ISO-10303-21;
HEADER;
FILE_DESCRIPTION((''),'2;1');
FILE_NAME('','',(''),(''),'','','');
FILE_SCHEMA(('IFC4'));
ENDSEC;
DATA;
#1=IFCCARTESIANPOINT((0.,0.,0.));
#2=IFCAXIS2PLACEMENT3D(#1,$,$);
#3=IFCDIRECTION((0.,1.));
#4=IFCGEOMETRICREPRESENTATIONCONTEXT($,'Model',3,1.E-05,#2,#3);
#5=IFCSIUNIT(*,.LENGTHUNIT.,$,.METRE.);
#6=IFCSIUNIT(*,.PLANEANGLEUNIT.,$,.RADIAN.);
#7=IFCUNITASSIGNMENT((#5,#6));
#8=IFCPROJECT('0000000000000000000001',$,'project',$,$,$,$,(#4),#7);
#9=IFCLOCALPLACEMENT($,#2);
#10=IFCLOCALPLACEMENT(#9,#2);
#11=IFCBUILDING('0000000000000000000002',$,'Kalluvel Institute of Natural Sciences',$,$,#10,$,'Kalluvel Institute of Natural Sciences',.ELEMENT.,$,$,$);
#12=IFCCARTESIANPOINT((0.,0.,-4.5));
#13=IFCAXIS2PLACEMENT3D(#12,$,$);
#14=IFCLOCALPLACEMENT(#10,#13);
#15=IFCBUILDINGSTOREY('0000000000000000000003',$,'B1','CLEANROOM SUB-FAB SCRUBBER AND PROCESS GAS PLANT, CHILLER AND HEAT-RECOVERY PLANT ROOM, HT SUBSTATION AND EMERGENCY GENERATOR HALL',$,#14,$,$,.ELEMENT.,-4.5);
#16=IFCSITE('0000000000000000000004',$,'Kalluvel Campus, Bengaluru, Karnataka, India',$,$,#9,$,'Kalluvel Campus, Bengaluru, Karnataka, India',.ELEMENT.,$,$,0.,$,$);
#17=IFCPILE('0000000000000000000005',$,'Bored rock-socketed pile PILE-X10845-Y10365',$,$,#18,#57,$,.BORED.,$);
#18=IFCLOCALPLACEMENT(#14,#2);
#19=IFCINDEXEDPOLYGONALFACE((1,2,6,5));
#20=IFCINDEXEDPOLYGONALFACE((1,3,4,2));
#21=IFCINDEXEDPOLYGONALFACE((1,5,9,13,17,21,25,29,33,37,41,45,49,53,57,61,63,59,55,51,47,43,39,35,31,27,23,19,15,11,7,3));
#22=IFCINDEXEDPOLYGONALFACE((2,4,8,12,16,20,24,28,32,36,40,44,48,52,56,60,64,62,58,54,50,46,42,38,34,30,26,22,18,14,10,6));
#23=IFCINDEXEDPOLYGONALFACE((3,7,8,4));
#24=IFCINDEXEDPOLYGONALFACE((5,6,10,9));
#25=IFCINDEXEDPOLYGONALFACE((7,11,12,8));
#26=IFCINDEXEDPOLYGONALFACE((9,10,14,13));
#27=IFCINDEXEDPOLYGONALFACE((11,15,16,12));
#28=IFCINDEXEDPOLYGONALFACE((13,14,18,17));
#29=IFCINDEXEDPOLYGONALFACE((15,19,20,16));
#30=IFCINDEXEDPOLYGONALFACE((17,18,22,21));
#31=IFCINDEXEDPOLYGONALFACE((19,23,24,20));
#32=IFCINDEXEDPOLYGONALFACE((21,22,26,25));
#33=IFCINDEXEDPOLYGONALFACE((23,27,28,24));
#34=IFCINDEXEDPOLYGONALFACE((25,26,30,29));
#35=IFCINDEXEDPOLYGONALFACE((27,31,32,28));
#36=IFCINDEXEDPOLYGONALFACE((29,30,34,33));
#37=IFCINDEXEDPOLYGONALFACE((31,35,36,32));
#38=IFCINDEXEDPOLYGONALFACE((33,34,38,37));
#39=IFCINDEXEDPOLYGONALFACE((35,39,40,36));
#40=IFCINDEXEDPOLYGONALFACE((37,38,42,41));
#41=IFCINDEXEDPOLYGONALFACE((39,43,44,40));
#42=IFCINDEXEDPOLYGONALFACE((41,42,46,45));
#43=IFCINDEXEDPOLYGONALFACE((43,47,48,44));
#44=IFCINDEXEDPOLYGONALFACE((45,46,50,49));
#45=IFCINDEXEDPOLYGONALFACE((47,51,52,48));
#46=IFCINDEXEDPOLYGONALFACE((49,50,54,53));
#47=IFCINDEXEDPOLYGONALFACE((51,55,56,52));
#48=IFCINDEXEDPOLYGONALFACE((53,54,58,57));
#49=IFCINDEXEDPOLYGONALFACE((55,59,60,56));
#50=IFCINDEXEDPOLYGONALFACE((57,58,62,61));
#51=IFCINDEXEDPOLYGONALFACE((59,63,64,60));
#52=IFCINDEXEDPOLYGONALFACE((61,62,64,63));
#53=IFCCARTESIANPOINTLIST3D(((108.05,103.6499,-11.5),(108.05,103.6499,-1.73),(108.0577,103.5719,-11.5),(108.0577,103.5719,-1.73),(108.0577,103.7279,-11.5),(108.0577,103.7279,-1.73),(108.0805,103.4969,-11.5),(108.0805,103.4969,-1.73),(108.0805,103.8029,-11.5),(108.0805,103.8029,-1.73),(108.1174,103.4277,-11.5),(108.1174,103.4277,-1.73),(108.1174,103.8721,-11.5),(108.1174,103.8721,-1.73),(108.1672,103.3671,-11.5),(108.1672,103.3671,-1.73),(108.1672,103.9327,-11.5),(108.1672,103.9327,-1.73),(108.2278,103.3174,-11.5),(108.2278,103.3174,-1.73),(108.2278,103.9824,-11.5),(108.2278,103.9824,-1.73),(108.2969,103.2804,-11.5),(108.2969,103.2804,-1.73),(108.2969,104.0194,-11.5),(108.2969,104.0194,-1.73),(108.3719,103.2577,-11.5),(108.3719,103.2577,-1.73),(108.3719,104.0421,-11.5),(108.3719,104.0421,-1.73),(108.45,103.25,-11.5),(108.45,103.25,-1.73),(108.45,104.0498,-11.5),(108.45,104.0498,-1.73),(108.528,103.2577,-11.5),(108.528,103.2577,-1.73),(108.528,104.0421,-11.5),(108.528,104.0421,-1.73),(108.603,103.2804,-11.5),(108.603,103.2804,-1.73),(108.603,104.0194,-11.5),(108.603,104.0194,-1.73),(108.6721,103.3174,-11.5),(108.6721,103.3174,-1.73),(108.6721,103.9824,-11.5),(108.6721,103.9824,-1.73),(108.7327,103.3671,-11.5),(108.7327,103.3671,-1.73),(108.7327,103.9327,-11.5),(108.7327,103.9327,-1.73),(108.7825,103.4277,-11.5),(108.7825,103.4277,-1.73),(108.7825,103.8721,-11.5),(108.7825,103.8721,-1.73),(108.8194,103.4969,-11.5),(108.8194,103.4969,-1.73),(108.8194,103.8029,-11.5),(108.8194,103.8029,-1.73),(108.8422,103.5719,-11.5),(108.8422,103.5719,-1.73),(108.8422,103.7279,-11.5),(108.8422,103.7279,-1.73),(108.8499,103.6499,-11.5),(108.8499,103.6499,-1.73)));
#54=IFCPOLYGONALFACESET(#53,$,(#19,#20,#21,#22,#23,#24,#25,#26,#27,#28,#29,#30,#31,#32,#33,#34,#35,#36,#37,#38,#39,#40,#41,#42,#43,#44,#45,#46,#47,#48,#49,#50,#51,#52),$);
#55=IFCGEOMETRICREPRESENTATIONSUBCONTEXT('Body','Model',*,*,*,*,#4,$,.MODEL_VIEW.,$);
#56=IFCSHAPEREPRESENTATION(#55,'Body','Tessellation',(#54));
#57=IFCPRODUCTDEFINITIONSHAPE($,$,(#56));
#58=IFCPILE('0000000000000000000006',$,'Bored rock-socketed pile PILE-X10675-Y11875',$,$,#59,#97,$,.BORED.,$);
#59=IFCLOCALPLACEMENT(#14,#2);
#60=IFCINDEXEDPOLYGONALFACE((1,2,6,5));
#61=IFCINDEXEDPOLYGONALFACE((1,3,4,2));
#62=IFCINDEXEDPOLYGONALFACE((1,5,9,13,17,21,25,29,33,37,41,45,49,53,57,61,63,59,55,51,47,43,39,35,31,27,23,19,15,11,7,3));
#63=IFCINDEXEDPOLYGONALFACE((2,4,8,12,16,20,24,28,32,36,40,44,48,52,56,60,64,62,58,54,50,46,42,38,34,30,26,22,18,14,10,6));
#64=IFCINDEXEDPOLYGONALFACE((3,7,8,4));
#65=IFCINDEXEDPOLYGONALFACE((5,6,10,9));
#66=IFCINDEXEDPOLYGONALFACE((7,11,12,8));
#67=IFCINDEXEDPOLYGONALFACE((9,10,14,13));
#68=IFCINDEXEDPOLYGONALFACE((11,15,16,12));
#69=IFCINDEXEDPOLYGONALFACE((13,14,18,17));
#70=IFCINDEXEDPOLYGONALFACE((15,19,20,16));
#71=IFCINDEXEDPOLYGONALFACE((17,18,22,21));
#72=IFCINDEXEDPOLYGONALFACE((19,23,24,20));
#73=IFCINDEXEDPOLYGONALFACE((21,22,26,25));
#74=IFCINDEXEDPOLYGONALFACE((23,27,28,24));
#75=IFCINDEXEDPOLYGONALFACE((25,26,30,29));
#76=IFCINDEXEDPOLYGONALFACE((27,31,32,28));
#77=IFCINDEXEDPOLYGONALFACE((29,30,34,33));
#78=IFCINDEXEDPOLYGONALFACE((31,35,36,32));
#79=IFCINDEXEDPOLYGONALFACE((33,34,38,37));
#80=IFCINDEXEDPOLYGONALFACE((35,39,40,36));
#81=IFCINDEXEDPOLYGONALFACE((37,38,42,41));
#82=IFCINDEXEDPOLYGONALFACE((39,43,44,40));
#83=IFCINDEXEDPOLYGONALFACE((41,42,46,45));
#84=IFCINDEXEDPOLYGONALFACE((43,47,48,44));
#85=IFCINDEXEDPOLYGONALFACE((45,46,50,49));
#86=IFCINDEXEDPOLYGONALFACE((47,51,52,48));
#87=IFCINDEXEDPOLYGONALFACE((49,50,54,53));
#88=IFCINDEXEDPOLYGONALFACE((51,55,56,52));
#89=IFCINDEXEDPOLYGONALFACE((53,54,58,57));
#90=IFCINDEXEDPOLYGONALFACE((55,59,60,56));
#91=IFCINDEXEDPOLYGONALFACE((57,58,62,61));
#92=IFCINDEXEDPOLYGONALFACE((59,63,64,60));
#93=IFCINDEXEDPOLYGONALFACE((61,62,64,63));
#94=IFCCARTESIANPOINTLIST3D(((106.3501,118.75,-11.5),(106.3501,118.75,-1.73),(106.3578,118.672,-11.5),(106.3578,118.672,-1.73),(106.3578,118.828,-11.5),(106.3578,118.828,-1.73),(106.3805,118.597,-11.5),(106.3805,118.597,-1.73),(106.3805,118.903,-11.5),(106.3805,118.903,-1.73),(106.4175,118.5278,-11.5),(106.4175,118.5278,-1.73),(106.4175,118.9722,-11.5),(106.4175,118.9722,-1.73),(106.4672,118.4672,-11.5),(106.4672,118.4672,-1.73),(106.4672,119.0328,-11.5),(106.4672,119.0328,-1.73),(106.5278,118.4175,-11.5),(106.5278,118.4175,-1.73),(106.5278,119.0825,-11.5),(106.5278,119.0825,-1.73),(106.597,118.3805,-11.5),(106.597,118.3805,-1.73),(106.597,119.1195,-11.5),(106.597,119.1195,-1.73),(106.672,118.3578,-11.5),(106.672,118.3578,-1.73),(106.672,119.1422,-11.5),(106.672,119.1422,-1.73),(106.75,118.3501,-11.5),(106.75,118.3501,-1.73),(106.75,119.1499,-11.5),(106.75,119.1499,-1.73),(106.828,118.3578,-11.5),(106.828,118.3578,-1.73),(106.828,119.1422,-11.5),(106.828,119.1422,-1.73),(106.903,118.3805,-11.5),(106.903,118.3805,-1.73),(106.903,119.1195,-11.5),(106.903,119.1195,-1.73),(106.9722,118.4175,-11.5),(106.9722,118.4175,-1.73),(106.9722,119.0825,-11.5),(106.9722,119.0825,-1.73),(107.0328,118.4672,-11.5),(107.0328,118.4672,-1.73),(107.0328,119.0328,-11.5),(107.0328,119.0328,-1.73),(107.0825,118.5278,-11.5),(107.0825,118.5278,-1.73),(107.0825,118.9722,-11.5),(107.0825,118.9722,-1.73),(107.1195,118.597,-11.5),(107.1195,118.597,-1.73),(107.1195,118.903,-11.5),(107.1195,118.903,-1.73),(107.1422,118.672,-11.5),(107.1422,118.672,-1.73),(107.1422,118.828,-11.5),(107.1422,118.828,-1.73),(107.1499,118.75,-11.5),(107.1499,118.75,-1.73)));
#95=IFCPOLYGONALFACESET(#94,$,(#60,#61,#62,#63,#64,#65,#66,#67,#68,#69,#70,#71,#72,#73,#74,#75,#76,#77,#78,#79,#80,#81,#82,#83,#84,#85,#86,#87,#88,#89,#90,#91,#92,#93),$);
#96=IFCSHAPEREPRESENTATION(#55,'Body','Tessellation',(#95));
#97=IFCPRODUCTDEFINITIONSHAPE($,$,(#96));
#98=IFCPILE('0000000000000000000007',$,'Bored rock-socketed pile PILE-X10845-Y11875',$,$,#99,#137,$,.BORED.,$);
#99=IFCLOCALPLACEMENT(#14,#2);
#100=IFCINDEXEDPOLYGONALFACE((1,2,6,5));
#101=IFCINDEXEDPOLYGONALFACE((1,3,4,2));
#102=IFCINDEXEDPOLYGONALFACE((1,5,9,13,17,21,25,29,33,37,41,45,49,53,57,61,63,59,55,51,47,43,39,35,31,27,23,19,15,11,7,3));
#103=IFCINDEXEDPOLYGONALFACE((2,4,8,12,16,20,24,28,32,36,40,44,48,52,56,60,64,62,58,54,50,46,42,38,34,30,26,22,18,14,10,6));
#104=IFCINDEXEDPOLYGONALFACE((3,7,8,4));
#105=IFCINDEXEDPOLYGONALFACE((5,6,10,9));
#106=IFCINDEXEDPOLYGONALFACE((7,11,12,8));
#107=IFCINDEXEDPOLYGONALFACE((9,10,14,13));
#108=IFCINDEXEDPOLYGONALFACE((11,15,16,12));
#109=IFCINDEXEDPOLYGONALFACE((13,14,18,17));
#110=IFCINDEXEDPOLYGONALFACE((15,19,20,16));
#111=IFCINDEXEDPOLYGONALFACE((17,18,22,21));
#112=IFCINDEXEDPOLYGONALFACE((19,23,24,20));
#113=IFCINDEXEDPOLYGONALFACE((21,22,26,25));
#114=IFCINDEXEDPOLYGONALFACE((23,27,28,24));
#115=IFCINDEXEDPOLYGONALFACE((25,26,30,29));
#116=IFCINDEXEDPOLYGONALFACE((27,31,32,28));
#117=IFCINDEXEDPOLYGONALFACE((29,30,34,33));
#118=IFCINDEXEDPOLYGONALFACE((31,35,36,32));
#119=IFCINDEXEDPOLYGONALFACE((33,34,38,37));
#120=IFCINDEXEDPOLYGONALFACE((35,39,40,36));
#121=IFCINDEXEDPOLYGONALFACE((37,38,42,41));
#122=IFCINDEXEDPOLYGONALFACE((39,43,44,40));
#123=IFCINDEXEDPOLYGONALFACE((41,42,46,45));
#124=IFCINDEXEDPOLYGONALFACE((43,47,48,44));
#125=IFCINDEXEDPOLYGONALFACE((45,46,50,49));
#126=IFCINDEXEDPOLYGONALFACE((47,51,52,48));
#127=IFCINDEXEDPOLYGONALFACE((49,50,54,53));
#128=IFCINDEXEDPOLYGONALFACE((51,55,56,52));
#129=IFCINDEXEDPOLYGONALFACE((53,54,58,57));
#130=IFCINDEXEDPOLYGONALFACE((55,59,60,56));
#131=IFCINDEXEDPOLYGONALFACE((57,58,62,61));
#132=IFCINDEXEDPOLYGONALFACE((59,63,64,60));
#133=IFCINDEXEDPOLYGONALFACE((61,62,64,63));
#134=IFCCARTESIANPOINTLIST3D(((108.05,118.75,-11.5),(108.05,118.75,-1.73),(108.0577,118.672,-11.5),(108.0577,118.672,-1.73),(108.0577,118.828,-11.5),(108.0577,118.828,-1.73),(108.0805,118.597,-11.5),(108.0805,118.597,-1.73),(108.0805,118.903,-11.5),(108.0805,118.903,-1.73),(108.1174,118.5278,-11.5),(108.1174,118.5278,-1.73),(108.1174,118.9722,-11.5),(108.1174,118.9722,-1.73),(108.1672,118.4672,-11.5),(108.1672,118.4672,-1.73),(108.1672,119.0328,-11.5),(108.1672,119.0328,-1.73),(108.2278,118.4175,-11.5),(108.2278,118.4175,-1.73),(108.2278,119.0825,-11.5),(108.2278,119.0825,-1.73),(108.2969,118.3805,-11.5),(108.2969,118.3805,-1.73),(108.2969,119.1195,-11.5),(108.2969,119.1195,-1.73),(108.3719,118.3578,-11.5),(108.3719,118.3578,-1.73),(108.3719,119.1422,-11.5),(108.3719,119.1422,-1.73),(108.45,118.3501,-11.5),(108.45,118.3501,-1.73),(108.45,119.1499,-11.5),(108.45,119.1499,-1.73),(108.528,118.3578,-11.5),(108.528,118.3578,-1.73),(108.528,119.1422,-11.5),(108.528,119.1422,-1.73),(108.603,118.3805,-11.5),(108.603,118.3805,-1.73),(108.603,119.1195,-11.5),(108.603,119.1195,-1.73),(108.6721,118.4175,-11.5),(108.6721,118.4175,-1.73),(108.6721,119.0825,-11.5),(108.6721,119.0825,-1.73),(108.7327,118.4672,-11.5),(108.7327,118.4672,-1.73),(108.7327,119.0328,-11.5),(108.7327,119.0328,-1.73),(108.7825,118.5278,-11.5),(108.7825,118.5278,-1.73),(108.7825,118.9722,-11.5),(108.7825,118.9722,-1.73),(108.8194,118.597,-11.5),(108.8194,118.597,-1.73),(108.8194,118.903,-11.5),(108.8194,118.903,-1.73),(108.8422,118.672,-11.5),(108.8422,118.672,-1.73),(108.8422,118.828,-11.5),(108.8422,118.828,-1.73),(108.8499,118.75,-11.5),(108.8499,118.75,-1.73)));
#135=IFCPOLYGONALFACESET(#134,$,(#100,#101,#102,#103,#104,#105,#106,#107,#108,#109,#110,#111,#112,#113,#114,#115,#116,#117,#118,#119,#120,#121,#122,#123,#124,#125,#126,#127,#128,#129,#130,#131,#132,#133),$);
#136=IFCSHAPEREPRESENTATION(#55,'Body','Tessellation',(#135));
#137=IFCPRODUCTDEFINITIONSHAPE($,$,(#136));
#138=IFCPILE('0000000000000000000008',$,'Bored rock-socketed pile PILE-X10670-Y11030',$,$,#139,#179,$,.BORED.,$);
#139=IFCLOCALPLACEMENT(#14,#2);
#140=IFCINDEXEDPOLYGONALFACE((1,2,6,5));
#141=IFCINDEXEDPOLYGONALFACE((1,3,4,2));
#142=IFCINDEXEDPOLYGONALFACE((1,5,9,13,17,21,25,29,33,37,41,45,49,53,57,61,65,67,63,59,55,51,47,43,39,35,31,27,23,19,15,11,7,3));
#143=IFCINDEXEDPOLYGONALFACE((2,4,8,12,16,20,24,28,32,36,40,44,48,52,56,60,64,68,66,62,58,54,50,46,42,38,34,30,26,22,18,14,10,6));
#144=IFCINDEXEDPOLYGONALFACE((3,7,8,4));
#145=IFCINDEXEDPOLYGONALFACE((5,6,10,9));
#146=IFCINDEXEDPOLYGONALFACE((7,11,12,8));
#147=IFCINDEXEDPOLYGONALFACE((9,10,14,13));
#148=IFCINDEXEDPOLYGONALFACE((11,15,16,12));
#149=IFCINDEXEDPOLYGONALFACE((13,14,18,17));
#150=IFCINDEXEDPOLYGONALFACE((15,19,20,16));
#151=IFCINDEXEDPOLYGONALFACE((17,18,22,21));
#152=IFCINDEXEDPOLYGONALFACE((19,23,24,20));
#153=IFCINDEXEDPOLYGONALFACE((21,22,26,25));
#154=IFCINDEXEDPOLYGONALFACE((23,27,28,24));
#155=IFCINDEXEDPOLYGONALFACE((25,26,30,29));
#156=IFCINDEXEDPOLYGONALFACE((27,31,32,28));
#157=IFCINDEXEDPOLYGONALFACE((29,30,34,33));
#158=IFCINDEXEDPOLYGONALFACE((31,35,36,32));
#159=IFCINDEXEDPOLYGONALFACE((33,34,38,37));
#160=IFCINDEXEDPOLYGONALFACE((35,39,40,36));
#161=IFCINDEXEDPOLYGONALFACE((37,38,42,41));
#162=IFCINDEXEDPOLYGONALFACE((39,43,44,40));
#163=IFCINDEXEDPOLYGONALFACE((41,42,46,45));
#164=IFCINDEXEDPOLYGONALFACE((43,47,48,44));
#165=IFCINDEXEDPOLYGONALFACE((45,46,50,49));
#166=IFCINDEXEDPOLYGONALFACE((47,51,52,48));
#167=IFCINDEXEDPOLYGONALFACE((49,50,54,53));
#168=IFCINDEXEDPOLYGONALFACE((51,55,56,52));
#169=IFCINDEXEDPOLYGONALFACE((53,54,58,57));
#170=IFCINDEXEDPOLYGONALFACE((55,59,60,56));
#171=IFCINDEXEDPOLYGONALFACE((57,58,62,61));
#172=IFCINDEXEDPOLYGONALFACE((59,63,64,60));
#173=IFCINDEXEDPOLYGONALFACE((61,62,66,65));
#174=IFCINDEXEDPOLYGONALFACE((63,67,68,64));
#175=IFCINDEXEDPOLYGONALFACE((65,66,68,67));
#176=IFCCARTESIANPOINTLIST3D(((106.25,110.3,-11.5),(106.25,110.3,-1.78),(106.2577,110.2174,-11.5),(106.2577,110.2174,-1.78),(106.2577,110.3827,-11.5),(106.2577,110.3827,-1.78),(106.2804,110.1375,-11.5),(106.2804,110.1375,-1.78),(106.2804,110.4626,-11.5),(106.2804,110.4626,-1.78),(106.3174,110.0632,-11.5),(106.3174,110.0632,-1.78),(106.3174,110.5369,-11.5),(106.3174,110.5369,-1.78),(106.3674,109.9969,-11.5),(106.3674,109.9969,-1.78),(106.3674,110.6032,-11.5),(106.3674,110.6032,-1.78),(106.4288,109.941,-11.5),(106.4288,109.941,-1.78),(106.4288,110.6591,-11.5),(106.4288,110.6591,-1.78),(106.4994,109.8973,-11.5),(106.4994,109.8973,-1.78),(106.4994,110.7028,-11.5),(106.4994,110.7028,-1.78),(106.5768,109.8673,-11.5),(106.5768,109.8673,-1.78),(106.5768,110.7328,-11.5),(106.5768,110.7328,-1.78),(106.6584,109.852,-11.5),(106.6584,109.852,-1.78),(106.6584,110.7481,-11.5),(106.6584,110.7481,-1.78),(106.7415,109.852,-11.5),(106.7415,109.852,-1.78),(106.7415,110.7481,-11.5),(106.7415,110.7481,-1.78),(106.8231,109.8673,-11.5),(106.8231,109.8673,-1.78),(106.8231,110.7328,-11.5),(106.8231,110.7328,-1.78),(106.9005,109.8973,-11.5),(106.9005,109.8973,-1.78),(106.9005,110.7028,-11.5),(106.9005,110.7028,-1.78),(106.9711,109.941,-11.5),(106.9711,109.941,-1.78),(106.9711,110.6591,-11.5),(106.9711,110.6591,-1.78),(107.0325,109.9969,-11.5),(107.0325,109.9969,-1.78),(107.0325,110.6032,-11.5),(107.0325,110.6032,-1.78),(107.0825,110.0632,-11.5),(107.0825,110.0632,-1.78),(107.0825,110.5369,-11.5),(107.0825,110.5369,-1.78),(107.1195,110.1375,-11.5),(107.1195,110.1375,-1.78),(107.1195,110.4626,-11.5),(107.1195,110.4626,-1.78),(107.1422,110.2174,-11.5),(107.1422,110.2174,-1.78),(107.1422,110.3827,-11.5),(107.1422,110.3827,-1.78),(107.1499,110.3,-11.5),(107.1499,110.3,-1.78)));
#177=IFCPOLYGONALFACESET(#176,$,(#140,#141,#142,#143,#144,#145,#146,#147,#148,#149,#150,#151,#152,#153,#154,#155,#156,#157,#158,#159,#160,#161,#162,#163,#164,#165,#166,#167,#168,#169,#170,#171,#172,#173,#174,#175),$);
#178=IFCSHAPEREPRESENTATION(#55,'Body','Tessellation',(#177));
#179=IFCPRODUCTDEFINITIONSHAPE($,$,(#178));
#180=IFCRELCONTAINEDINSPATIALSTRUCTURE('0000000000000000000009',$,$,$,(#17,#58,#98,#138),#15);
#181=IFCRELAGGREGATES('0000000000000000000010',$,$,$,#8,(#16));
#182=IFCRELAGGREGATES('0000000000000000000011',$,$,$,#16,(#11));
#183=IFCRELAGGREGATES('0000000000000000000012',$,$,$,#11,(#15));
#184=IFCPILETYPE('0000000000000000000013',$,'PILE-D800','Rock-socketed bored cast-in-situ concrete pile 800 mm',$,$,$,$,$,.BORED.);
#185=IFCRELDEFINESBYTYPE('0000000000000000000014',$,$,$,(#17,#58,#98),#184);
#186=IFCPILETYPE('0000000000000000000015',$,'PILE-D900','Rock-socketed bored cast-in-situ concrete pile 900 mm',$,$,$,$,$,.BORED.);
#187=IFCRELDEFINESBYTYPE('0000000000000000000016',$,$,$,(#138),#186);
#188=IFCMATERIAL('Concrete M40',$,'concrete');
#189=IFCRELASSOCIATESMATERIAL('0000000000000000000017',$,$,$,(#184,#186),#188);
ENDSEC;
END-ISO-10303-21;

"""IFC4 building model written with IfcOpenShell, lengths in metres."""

from ifc_helpers import new_model, si_unit, direction, frame, origin, origin_2d, place, context, subcontext, project, spatial, circle, extrude, material, material_profile, profile_set, type_object, element, save


model = new_model("IFC4")

# Units and contexts
model_context = context("Model", 3, precision=1e-05, world=origin(), true_north=direction((0.0, 1.0)))
body_context = subcontext(model_context, "Body", "Model", "MODEL_VIEW")
ifc_project = project(units=[si_unit("LENGTHUNIT", "METRE"), si_unit("PLANEANGLEUNIT", "RADIAN")], contexts=[model_context])

# Site, building, storey
site_placement = place(None, origin())
site = spatial("IfcSite", under=ifc_project, at=site_placement, Name="Kalluvel Campus, Bengaluru, Karnataka, India", LongName="Kalluvel Campus, Bengaluru, Karnataka, India", CompositionType="ELEMENT", RefElevation=0.0)
building_placement = place(site_placement, origin())
building = spatial("IfcBuilding", under=site, at=building_placement, Name="Kalluvel Institute of Natural Sciences", LongName="Kalluvel Institute of Natural Sciences", CompositionType="ELEMENT")
storey_placement = place(building_placement, frame((0.0, 0.0, -4.5)))
storey = spatial("IfcBuildingStorey", under=building, at=storey_placement, Name="B1", Description="CLEANROOM SUB-FAB SCRUBBER AND PROCESS GAS PLANT, CHILLER AND HEAT-RECOVERY PLANT ROOM, HT SUBSTATION AND EMERGENCY GENERATOR HALL", CompositionType="ELEMENT", Elevation=-4.5)

# Shared definitions
ifc_material_1 = material(Name="Concrete M40", Category="concrete")

# Piles
ifc_material_profile_1 = material_profile(ifc_material_1, circle(Radius=0.3999, at=origin_2d()), Name="PILE D800")
ifc_profile_set_1 = profile_set([ifc_material_profile_1], Name="Concrete M40")
pile_type_1 = type_object("IfcPileType", Name="PILE-D800", Description="Rock-socketed bored cast-in-situ concrete pile 800 mm", PredefinedType="BORED", material=ifc_profile_set_1)
for number, where, z_axis, x_axis, name in (
    (1, (108.45, 103.6499, -1.73), (0.0, 0.0, -1.0), (1.0, 0.0, 0.0), "Bored rock-socketed pile PILE-X10845-Y10365"),
    (2, (106.75, 118.75, -1.73), (0.0, 0.0, -1.0), (1.0, 0.0, 0.0), "Bored rock-socketed pile PILE-X10675-Y11875"),
    (3, (108.45, 118.75, -1.73), (0.0, 0.0, -1.0), (1.0, 0.0, 0.0), "Bored rock-socketed pile PILE-X10845-Y11875"),
):
    element("IfcPile", number, at=place(storey_placement, frame(where, z_axis=z_axis, x_axis=x_axis)), inside=storey, type_object=pile_type_1, Name=name, PredefinedType="BORED", context=body_context, shape_type="SweptSolid", body=[
        extrude(circle(Radius=0.3999, at=origin_2d()), origin(), (0.0, 0.0, 1.0), 9.77),
    ])
ifc_material_profile_2 = material_profile(ifc_material_1, circle(Radius=0.45, at=origin_2d()), Name="PILE D900")
ifc_profile_set_2 = profile_set([ifc_material_profile_2], Name="Concrete M40")
pile_type_2 = type_object("IfcPileType", Name="PILE-D900", Description="Rock-socketed bored cast-in-situ concrete pile 900 mm", PredefinedType="BORED", material=ifc_profile_set_2)
for number, where, z_axis, x_axis, name in (
    (4, (106.7, 110.3, -1.78), (0.0, 0.0, -1.0), (1.0, 0.0, 0.0), "Bored rock-socketed pile PILE-X10670-Y11030"),
):
    element("IfcPile", number, at=place(storey_placement, frame(where, z_axis=z_axis, x_axis=x_axis)), inside=storey, type_object=pile_type_2, Name=name, PredefinedType="BORED", context=body_context, shape_type="SweptSolid", body=[
        extrude(circle(Radius=0.45, at=origin_2d()), origin(), (0.0, 0.0, 1.0), 9.72),
    ])

save(model, "model.ifc")
